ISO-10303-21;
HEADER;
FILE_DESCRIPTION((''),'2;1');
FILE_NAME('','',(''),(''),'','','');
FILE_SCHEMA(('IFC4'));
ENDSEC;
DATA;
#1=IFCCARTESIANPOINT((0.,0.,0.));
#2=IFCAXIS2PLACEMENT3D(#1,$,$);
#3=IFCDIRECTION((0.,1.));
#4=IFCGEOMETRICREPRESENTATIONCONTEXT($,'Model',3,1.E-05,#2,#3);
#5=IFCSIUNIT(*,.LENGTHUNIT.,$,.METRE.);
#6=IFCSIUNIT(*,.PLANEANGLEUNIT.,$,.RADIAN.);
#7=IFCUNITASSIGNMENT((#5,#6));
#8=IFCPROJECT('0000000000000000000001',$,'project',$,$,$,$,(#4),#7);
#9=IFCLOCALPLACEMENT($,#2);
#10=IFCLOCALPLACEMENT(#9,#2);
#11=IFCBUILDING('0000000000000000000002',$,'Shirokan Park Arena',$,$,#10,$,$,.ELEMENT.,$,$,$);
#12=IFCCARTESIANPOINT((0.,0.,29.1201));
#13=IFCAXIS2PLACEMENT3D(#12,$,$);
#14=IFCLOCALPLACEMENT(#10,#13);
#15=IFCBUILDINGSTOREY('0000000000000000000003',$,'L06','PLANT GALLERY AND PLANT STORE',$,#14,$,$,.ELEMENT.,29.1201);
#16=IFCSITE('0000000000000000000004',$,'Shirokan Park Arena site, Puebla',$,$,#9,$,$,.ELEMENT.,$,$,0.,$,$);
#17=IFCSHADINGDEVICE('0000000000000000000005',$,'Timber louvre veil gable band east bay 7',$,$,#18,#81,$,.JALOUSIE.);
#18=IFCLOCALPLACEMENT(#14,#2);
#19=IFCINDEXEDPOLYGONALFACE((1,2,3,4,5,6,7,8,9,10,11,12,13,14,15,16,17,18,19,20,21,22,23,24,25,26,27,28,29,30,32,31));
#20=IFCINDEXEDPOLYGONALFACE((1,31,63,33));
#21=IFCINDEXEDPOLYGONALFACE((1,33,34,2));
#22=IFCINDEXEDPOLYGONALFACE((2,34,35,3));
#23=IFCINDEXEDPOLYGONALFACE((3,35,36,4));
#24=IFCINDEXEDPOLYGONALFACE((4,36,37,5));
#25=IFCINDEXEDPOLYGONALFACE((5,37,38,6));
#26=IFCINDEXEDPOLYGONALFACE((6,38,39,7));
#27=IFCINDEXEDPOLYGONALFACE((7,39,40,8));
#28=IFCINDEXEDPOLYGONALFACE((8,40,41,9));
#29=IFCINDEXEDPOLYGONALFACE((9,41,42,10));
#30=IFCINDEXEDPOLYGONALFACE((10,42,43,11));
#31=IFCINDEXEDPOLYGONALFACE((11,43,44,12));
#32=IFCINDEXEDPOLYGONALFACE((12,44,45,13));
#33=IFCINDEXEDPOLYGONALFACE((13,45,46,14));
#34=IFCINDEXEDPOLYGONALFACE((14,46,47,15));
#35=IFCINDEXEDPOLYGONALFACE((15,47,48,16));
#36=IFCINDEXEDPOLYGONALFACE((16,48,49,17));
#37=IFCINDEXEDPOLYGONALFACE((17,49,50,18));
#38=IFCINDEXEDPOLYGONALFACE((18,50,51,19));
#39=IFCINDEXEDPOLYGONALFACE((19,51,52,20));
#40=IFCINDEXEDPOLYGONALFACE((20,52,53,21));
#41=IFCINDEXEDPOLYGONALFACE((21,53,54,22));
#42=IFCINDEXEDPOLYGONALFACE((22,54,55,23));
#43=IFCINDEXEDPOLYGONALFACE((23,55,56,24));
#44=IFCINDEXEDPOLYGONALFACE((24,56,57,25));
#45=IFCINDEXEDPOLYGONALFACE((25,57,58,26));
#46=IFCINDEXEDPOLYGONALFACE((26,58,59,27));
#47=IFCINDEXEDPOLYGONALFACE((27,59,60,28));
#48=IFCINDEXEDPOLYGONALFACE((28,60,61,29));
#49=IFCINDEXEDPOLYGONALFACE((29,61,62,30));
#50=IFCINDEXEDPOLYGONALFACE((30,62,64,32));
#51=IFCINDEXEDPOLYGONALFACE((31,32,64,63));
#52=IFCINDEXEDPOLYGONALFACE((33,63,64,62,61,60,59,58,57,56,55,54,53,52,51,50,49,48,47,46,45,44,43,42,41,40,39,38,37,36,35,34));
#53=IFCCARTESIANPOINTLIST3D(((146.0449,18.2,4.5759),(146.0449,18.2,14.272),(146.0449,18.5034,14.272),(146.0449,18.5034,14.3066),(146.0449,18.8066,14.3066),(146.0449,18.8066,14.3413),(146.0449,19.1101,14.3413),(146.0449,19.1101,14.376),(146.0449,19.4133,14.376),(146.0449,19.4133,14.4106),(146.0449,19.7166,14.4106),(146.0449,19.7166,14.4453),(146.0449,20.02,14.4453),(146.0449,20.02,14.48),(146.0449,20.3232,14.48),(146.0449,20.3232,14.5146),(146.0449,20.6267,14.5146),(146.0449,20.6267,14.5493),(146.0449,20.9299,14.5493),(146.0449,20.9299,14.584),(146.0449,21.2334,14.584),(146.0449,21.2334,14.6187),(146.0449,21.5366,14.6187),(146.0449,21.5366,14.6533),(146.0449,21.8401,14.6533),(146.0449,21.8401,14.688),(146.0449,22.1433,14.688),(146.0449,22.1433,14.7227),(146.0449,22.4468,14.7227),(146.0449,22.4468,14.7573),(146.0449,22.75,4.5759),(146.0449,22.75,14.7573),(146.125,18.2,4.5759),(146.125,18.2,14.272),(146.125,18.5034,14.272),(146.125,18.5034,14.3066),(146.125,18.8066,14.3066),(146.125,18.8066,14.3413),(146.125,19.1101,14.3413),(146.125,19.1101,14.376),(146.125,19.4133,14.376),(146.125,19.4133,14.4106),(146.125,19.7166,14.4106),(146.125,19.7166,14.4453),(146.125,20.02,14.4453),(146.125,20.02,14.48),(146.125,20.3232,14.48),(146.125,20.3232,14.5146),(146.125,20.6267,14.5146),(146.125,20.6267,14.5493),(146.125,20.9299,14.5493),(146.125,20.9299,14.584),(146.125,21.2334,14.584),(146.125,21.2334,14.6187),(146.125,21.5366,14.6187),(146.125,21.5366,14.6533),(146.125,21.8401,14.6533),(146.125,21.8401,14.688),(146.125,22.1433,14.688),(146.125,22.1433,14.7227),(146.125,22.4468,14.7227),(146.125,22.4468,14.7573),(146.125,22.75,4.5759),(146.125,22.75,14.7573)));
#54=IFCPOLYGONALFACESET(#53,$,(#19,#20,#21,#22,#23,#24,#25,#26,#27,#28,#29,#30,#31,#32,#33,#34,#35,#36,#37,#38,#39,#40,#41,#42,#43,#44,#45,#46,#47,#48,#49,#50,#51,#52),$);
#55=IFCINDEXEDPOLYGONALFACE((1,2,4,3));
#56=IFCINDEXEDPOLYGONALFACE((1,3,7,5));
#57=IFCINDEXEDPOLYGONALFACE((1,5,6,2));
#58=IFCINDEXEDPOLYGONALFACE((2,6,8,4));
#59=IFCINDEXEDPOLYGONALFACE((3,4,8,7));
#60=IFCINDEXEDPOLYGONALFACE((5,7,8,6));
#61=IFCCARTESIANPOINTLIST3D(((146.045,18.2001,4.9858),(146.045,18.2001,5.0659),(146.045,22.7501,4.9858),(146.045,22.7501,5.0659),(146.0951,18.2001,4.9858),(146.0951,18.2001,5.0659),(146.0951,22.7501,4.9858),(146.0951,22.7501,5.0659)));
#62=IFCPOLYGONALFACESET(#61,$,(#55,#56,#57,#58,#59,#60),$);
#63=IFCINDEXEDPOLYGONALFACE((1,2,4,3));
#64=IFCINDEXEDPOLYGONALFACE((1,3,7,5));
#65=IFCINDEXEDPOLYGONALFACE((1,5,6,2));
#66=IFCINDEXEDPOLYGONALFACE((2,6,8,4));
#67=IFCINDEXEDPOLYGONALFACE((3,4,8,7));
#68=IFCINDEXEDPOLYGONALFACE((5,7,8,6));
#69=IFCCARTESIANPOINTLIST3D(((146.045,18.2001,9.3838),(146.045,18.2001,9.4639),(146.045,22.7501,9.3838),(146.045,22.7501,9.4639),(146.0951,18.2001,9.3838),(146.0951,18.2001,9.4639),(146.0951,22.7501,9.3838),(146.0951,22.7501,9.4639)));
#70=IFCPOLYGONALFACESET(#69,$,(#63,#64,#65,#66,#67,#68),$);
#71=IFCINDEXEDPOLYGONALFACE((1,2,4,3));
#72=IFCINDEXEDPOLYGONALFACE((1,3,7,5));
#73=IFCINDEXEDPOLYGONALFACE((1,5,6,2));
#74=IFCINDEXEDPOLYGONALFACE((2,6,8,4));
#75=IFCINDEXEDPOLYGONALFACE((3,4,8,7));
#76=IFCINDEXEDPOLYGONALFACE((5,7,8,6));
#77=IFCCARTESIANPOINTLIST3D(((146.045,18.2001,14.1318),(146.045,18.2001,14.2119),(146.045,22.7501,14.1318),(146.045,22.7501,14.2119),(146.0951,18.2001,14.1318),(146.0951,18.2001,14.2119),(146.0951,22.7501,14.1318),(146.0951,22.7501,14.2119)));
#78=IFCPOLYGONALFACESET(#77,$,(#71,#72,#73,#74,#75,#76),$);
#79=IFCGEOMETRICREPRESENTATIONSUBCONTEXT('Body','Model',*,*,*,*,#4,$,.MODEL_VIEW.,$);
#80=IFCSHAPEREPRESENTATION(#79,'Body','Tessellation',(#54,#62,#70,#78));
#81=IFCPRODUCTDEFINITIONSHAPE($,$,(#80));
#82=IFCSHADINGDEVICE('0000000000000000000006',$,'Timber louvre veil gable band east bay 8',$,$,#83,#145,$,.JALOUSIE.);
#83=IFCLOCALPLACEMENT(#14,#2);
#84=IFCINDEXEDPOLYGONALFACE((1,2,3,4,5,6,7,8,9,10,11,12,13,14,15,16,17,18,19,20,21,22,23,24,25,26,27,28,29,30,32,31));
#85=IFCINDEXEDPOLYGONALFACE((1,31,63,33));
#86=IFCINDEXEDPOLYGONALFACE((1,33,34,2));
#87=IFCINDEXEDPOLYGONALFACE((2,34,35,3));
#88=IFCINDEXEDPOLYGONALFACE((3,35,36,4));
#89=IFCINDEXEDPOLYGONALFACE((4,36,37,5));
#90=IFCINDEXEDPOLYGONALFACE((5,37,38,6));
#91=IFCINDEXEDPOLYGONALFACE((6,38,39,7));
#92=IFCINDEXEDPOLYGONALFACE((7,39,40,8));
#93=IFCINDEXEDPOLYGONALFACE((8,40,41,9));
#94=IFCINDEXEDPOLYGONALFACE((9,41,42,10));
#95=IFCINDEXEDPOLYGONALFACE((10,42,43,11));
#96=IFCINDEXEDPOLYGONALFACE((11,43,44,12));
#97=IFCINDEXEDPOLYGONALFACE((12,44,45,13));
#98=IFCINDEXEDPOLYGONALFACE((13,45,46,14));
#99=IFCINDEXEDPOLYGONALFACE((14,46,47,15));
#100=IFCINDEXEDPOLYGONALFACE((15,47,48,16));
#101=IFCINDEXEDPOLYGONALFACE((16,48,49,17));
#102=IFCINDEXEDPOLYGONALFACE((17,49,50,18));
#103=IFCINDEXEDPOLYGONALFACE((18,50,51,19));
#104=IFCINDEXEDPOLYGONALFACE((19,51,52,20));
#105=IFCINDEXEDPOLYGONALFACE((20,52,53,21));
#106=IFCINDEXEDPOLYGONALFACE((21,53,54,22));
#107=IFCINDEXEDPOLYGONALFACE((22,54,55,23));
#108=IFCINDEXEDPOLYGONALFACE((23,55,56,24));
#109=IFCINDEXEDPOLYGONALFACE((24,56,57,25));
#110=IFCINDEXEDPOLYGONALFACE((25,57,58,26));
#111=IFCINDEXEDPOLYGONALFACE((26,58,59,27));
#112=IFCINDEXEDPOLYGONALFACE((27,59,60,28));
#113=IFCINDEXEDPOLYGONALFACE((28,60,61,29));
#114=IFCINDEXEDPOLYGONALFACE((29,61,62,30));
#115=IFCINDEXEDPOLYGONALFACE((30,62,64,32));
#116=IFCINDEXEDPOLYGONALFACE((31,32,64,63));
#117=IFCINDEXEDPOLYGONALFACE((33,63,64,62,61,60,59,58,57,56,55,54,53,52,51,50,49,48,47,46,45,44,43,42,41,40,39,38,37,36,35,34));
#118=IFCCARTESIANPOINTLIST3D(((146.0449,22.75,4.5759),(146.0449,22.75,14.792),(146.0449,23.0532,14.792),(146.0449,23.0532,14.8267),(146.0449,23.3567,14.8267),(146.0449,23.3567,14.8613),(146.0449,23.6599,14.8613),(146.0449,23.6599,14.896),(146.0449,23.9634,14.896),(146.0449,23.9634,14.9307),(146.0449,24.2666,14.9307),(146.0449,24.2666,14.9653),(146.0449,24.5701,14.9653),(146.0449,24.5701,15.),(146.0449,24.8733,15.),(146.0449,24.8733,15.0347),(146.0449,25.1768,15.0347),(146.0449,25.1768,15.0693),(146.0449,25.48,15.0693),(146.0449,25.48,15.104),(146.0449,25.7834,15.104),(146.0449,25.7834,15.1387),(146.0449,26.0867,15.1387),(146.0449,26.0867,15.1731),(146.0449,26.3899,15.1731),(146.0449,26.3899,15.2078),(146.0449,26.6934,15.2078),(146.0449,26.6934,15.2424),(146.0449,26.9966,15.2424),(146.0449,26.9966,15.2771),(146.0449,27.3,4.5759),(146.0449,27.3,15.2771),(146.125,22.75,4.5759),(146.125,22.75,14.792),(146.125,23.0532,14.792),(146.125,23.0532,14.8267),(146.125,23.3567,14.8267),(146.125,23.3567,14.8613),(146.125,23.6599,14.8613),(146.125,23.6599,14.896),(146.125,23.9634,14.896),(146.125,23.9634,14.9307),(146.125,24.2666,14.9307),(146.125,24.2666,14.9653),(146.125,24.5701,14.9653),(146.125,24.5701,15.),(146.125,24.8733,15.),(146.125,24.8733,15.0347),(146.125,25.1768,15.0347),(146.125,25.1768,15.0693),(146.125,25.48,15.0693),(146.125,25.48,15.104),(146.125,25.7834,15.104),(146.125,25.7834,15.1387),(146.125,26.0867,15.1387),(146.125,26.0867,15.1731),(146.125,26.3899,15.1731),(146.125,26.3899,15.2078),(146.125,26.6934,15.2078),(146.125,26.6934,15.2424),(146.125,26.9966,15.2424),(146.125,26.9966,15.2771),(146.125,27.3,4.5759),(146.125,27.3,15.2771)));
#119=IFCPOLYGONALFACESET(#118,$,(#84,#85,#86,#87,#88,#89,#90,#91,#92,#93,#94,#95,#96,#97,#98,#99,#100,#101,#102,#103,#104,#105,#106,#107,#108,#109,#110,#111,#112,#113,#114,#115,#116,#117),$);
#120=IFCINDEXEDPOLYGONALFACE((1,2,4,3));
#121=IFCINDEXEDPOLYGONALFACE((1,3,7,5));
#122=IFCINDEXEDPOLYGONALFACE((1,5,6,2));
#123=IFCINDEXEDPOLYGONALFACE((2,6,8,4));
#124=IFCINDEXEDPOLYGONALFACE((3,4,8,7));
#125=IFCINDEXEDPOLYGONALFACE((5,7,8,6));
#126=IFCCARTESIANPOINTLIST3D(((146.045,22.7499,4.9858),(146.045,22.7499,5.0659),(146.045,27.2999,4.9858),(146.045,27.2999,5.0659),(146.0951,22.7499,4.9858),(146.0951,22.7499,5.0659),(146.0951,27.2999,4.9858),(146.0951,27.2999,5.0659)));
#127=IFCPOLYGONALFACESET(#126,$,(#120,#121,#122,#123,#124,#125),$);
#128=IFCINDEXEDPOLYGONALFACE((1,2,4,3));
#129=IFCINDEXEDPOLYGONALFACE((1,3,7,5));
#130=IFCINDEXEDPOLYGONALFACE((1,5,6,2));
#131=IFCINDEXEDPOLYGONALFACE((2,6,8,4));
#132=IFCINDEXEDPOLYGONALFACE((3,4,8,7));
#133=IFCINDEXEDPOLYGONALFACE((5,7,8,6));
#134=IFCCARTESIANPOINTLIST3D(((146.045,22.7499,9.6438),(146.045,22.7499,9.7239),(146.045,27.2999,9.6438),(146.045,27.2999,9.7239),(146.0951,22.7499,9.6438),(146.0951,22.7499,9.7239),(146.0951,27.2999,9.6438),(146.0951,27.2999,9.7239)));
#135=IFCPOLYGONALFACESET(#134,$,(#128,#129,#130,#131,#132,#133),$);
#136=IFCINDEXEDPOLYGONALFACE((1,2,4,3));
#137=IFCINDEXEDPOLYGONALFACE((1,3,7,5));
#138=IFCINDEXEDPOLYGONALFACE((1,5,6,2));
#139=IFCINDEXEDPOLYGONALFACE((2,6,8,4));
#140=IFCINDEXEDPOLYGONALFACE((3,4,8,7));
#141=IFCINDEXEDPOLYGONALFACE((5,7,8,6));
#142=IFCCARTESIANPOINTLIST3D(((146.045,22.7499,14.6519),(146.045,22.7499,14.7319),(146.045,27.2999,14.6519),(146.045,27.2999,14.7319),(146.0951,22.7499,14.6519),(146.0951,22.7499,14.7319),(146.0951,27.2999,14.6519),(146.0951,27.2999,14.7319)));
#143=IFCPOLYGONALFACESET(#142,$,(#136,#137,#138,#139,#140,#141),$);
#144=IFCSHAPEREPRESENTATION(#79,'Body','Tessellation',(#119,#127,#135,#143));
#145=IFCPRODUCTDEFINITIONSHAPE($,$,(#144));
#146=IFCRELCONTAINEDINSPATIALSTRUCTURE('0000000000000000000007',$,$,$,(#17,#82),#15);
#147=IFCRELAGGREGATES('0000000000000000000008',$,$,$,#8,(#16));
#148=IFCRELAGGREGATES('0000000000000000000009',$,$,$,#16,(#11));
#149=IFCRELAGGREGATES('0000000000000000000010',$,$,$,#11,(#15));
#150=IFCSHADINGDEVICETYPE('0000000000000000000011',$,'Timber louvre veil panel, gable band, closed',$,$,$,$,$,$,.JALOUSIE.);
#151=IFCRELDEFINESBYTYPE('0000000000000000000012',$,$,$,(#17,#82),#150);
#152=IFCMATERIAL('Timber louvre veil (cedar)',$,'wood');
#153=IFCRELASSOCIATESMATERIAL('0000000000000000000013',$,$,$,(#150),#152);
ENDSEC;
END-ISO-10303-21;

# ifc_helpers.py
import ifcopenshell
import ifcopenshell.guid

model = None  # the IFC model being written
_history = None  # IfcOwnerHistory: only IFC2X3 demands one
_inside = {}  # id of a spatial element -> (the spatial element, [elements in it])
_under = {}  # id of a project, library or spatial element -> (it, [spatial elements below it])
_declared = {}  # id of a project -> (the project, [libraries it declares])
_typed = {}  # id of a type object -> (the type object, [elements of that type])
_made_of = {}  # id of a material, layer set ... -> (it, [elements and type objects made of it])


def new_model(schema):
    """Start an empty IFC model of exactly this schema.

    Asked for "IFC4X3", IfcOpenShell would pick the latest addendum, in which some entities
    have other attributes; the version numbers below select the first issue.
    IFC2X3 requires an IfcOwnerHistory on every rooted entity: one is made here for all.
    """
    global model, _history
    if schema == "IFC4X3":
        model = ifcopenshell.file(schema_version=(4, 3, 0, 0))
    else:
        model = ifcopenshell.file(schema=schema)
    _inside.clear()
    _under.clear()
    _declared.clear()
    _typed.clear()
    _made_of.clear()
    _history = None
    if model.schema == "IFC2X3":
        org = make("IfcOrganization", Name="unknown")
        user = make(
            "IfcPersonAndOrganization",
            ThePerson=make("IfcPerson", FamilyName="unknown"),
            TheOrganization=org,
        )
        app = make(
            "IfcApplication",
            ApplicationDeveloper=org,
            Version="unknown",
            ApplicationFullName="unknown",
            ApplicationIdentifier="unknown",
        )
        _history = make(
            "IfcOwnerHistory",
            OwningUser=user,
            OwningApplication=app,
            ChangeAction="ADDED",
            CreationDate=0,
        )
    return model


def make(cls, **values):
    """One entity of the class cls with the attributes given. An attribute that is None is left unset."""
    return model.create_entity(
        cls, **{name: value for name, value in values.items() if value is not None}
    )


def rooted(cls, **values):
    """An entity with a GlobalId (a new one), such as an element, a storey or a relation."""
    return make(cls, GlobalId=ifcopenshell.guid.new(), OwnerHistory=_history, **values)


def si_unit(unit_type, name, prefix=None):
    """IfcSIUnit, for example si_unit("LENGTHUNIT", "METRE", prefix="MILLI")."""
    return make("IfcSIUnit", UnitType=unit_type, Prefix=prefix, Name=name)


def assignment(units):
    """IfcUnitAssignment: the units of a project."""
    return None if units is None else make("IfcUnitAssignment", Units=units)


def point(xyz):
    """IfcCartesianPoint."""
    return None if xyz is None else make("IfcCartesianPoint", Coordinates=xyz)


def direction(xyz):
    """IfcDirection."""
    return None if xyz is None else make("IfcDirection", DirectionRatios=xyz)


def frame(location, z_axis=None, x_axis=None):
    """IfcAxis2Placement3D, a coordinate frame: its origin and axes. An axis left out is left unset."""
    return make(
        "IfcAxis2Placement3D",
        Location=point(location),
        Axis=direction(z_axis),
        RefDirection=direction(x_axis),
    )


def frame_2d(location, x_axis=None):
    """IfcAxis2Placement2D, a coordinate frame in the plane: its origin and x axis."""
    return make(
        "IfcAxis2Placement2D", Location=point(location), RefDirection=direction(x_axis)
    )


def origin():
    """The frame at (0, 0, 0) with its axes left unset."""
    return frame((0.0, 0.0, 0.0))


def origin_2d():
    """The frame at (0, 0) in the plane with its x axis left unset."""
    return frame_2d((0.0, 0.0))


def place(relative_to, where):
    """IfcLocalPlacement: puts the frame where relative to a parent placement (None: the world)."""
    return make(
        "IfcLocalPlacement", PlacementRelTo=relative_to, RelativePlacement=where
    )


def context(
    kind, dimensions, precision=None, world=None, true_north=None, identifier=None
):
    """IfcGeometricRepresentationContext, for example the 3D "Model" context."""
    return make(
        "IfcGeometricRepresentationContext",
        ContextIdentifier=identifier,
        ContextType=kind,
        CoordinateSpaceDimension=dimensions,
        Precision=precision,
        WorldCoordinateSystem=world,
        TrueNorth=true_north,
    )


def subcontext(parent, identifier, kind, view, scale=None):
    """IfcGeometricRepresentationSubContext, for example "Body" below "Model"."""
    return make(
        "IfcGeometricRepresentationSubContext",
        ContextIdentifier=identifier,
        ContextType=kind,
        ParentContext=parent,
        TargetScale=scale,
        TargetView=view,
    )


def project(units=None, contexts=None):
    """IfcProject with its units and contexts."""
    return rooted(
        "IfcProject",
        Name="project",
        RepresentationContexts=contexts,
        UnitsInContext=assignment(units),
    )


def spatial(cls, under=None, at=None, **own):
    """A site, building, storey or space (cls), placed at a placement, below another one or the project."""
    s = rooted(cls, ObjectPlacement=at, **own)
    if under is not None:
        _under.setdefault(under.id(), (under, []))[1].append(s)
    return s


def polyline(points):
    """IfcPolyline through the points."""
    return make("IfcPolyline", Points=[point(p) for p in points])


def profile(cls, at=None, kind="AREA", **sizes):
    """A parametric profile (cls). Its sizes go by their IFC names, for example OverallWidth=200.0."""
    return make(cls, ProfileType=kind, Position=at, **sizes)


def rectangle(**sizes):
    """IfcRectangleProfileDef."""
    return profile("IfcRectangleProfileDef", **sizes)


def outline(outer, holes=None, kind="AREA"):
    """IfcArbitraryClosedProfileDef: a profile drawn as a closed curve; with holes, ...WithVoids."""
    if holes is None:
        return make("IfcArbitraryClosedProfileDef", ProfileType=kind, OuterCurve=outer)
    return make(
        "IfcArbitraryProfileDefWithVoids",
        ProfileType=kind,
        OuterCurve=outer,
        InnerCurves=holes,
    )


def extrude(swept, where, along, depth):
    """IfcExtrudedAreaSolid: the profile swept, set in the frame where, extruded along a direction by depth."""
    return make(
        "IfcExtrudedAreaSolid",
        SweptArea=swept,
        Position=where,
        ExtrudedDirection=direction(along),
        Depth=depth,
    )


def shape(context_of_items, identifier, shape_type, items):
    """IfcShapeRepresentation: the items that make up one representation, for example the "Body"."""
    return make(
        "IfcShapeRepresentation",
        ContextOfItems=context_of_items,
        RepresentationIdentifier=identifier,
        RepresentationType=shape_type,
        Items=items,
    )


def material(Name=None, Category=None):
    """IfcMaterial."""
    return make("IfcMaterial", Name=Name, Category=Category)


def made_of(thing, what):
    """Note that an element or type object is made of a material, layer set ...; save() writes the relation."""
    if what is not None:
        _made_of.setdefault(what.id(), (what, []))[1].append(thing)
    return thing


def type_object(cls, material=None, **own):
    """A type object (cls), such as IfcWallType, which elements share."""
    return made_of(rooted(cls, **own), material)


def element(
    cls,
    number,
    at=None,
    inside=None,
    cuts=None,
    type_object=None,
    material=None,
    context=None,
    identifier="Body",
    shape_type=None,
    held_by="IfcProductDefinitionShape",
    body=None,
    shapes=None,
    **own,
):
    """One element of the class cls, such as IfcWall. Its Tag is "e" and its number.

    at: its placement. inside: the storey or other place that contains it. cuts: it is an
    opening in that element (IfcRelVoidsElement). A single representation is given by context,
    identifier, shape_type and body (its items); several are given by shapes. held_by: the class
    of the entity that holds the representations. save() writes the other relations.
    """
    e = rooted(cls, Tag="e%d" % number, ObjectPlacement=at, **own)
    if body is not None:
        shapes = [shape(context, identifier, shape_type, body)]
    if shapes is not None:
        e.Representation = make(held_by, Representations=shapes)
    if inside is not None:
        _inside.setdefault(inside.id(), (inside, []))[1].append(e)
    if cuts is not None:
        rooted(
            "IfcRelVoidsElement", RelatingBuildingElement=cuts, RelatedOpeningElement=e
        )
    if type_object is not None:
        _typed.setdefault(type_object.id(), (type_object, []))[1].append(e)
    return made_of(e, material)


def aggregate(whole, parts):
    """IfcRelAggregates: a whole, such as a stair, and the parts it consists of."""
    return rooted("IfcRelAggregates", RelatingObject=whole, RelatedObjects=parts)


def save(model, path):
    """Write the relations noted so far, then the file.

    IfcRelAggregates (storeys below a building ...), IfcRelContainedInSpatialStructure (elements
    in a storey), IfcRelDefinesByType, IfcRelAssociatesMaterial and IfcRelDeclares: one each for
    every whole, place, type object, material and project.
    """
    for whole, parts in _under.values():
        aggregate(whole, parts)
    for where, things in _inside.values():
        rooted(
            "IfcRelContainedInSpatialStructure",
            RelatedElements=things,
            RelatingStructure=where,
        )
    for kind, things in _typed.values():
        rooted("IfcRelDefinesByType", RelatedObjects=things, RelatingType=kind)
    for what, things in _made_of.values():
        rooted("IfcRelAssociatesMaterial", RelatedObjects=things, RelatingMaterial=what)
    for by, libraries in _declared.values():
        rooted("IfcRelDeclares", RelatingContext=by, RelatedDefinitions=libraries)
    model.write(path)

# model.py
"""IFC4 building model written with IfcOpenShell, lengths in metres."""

from ifc_helpers import new_model, si_unit, direction, frame, origin, origin_2d, place, context, subcontext, project, spatial, polyline, rectangle, outline, extrude, material, type_object, element, save


model = new_model("IFC4")

# Units and contexts
model_context = context("Model", 3, precision=1e-05, world=origin(), true_north=direction((0.0, 1.0)))
body_context = subcontext(model_context, "Body", "Model", "MODEL_VIEW")
ifc_project = project(units=[si_unit("LENGTHUNIT", "METRE"), si_unit("PLANEANGLEUNIT", "RADIAN")], contexts=[model_context])

# Site, building, storey
site_placement = place(None, origin())
site = spatial("IfcSite", under=ifc_project, at=site_placement, Name="Shirokan Park Arena site, Puebla", CompositionType="ELEMENT", RefElevation=0.0)
building_placement = place(site_placement, origin())
building = spatial("IfcBuilding", under=site, at=building_placement, Name="Shirokan Park Arena", CompositionType="ELEMENT")
storey_placement = place(building_placement, frame((0.0, 0.0, 29.1201)))
storey = spatial("IfcBuildingStorey", under=building, at=storey_placement, Name="L06", Description="PLANT GALLERY AND PLANT STORE", CompositionType="ELEMENT", Elevation=29.1201)

# Shading devices
ifc_material = material(Name="Timber louvre veil (cedar)", Category="wood")
shading_device_type_1 = type_object("IfcShadingDeviceType", Name="Timber louvre veil panel, gable band, closed", PredefinedType="JALOUSIE", material=ifc_material)
shading_device_1_placement = place(storey_placement, origin())
element("IfcShadingDevice", 1, at=shading_device_1_placement, inside=storey, type_object=shading_device_type_1, Name="Timber louvre veil gable band east bay 7", PredefinedType="JALOUSIE", context=body_context, shape_type="SweptSolid", body=[
    extrude(outline(polyline([(18.5034, 14.272), (18.2, 14.272), (18.2, 4.5759), (22.75, 4.5759), (22.75, 14.7573), (22.4468, 14.7573), (22.4468, 14.7227), (22.1433, 14.7227), (22.1433, 14.688), (21.8401, 14.688), (21.8401, 14.6533), (21.5366, 14.6533), (21.5366, 14.6187), (21.2334, 14.6187), (21.2334, 14.584), (20.9299, 14.584), (20.9299, 14.5493), (20.6267, 14.5493), (20.6267, 14.5146), (20.3232, 14.5146), (20.3232, 14.48), (20.02, 14.48), (20.02, 14.4453), (19.7166, 14.4453), (19.7166, 14.4106), (19.4133, 14.4106), (19.4133, 14.376), (19.1101, 14.376), (19.1101, 14.3413), (18.8066, 14.3413), (18.8066, 14.3066), (18.5034, 14.3066), (18.5034, 14.272)])), frame((146.0449, 0.0, 0.0), z_axis=(1.0, 0.0, 0.0), x_axis=(0.0, 1.0, 0.0)), (0.0, 0.0, 1.0), 0.0801),
    extrude(rectangle(XDim=0.05, YDim=4.55, at=origin_2d()), frame((146.0701, 20.4751, 4.9858), z_axis=(0.0, 0.0, 1.0), x_axis=(1.0, 0.0, 0.0)), (0.0, 0.0, 1.0), 0.0801),
    extrude(rectangle(XDim=0.05, YDim=4.55, at=origin_2d()), frame((146.0701, 20.4751, 9.3838), z_axis=(0.0, 0.0, 1.0), x_axis=(1.0, 0.0, 0.0)), (0.0, 0.0, 1.0), 0.0801),
    extrude(rectangle(XDim=0.05, YDim=4.55, at=origin_2d()), frame((146.0701, 20.4751, 14.1318), z_axis=(0.0, 0.0, 1.0), x_axis=(1.0, 0.0, 0.0)), (0.0, 0.0, 1.0), 0.0801),
])
shading_device_2_placement = place(storey_placement, origin())
element("IfcShadingDevice", 2, at=shading_device_2_placement, inside=storey, type_object=shading_device_type_1, Name="Timber louvre veil gable band east bay 8", PredefinedType="JALOUSIE", context=body_context, shape_type="SweptSolid", body=[
    extrude(outline(polyline([(23.0532, 14.792), (22.75, 14.792), (22.75, 4.5759), (27.3, 4.5759), (27.3, 15.2771), (26.9966, 15.2771), (26.9966, 15.2424), (26.6934, 15.2424), (26.6934, 15.2078), (26.3899, 15.2078), (26.3899, 15.1731), (26.0867, 15.1731), (26.0867, 15.1387), (25.7834, 15.1387), (25.7834, 15.104), (25.48, 15.104), (25.48, 15.0693), (25.1768, 15.0693), (25.1768, 15.0347), (24.8733, 15.0347), (24.8733, 15.0), (24.5701, 15.0), (24.5701, 14.9653), (24.2666, 14.9653), (24.2666, 14.9307), (23.9634, 14.9307), (23.9634, 14.896), (23.6599, 14.896), (23.6599, 14.8613), (23.3567, 14.8613), (23.3567, 14.8267), (23.0532, 14.8267), (23.0532, 14.792)])), frame((146.0449, 0.0, 0.0), z_axis=(1.0, 0.0, 0.0), x_axis=(0.0, 1.0, 0.0)), (0.0, 0.0, 1.0), 0.0801),
    extrude(rectangle(XDim=0.05, YDim=4.55, at=origin_2d()), frame((146.0701, 25.0249, 4.9858), z_axis=(0.0, 0.0, 1.0), x_axis=(1.0, 0.0, 0.0)), (0.0, 0.0, 1.0), 0.0801),
    extrude(rectangle(XDim=0.05, YDim=4.55, at=origin_2d()), frame((146.0701, 25.0249, 9.6438), z_axis=(0.0, 0.0, 1.0), x_axis=(1.0, 0.0, 0.0)), (0.0, 0.0, 1.0), 0.0801),
    extrude(rectangle(XDim=0.05, YDim=4.55, at=origin_2d()), frame((146.0701, 25.0249, 14.6519), z_axis=(0.0, 0.0, 1.0), x_axis=(1.0, 0.0, 0.0)), (0.0, 0.0, 1.0), 0.0801),
])

save(model, "model.ifc")
